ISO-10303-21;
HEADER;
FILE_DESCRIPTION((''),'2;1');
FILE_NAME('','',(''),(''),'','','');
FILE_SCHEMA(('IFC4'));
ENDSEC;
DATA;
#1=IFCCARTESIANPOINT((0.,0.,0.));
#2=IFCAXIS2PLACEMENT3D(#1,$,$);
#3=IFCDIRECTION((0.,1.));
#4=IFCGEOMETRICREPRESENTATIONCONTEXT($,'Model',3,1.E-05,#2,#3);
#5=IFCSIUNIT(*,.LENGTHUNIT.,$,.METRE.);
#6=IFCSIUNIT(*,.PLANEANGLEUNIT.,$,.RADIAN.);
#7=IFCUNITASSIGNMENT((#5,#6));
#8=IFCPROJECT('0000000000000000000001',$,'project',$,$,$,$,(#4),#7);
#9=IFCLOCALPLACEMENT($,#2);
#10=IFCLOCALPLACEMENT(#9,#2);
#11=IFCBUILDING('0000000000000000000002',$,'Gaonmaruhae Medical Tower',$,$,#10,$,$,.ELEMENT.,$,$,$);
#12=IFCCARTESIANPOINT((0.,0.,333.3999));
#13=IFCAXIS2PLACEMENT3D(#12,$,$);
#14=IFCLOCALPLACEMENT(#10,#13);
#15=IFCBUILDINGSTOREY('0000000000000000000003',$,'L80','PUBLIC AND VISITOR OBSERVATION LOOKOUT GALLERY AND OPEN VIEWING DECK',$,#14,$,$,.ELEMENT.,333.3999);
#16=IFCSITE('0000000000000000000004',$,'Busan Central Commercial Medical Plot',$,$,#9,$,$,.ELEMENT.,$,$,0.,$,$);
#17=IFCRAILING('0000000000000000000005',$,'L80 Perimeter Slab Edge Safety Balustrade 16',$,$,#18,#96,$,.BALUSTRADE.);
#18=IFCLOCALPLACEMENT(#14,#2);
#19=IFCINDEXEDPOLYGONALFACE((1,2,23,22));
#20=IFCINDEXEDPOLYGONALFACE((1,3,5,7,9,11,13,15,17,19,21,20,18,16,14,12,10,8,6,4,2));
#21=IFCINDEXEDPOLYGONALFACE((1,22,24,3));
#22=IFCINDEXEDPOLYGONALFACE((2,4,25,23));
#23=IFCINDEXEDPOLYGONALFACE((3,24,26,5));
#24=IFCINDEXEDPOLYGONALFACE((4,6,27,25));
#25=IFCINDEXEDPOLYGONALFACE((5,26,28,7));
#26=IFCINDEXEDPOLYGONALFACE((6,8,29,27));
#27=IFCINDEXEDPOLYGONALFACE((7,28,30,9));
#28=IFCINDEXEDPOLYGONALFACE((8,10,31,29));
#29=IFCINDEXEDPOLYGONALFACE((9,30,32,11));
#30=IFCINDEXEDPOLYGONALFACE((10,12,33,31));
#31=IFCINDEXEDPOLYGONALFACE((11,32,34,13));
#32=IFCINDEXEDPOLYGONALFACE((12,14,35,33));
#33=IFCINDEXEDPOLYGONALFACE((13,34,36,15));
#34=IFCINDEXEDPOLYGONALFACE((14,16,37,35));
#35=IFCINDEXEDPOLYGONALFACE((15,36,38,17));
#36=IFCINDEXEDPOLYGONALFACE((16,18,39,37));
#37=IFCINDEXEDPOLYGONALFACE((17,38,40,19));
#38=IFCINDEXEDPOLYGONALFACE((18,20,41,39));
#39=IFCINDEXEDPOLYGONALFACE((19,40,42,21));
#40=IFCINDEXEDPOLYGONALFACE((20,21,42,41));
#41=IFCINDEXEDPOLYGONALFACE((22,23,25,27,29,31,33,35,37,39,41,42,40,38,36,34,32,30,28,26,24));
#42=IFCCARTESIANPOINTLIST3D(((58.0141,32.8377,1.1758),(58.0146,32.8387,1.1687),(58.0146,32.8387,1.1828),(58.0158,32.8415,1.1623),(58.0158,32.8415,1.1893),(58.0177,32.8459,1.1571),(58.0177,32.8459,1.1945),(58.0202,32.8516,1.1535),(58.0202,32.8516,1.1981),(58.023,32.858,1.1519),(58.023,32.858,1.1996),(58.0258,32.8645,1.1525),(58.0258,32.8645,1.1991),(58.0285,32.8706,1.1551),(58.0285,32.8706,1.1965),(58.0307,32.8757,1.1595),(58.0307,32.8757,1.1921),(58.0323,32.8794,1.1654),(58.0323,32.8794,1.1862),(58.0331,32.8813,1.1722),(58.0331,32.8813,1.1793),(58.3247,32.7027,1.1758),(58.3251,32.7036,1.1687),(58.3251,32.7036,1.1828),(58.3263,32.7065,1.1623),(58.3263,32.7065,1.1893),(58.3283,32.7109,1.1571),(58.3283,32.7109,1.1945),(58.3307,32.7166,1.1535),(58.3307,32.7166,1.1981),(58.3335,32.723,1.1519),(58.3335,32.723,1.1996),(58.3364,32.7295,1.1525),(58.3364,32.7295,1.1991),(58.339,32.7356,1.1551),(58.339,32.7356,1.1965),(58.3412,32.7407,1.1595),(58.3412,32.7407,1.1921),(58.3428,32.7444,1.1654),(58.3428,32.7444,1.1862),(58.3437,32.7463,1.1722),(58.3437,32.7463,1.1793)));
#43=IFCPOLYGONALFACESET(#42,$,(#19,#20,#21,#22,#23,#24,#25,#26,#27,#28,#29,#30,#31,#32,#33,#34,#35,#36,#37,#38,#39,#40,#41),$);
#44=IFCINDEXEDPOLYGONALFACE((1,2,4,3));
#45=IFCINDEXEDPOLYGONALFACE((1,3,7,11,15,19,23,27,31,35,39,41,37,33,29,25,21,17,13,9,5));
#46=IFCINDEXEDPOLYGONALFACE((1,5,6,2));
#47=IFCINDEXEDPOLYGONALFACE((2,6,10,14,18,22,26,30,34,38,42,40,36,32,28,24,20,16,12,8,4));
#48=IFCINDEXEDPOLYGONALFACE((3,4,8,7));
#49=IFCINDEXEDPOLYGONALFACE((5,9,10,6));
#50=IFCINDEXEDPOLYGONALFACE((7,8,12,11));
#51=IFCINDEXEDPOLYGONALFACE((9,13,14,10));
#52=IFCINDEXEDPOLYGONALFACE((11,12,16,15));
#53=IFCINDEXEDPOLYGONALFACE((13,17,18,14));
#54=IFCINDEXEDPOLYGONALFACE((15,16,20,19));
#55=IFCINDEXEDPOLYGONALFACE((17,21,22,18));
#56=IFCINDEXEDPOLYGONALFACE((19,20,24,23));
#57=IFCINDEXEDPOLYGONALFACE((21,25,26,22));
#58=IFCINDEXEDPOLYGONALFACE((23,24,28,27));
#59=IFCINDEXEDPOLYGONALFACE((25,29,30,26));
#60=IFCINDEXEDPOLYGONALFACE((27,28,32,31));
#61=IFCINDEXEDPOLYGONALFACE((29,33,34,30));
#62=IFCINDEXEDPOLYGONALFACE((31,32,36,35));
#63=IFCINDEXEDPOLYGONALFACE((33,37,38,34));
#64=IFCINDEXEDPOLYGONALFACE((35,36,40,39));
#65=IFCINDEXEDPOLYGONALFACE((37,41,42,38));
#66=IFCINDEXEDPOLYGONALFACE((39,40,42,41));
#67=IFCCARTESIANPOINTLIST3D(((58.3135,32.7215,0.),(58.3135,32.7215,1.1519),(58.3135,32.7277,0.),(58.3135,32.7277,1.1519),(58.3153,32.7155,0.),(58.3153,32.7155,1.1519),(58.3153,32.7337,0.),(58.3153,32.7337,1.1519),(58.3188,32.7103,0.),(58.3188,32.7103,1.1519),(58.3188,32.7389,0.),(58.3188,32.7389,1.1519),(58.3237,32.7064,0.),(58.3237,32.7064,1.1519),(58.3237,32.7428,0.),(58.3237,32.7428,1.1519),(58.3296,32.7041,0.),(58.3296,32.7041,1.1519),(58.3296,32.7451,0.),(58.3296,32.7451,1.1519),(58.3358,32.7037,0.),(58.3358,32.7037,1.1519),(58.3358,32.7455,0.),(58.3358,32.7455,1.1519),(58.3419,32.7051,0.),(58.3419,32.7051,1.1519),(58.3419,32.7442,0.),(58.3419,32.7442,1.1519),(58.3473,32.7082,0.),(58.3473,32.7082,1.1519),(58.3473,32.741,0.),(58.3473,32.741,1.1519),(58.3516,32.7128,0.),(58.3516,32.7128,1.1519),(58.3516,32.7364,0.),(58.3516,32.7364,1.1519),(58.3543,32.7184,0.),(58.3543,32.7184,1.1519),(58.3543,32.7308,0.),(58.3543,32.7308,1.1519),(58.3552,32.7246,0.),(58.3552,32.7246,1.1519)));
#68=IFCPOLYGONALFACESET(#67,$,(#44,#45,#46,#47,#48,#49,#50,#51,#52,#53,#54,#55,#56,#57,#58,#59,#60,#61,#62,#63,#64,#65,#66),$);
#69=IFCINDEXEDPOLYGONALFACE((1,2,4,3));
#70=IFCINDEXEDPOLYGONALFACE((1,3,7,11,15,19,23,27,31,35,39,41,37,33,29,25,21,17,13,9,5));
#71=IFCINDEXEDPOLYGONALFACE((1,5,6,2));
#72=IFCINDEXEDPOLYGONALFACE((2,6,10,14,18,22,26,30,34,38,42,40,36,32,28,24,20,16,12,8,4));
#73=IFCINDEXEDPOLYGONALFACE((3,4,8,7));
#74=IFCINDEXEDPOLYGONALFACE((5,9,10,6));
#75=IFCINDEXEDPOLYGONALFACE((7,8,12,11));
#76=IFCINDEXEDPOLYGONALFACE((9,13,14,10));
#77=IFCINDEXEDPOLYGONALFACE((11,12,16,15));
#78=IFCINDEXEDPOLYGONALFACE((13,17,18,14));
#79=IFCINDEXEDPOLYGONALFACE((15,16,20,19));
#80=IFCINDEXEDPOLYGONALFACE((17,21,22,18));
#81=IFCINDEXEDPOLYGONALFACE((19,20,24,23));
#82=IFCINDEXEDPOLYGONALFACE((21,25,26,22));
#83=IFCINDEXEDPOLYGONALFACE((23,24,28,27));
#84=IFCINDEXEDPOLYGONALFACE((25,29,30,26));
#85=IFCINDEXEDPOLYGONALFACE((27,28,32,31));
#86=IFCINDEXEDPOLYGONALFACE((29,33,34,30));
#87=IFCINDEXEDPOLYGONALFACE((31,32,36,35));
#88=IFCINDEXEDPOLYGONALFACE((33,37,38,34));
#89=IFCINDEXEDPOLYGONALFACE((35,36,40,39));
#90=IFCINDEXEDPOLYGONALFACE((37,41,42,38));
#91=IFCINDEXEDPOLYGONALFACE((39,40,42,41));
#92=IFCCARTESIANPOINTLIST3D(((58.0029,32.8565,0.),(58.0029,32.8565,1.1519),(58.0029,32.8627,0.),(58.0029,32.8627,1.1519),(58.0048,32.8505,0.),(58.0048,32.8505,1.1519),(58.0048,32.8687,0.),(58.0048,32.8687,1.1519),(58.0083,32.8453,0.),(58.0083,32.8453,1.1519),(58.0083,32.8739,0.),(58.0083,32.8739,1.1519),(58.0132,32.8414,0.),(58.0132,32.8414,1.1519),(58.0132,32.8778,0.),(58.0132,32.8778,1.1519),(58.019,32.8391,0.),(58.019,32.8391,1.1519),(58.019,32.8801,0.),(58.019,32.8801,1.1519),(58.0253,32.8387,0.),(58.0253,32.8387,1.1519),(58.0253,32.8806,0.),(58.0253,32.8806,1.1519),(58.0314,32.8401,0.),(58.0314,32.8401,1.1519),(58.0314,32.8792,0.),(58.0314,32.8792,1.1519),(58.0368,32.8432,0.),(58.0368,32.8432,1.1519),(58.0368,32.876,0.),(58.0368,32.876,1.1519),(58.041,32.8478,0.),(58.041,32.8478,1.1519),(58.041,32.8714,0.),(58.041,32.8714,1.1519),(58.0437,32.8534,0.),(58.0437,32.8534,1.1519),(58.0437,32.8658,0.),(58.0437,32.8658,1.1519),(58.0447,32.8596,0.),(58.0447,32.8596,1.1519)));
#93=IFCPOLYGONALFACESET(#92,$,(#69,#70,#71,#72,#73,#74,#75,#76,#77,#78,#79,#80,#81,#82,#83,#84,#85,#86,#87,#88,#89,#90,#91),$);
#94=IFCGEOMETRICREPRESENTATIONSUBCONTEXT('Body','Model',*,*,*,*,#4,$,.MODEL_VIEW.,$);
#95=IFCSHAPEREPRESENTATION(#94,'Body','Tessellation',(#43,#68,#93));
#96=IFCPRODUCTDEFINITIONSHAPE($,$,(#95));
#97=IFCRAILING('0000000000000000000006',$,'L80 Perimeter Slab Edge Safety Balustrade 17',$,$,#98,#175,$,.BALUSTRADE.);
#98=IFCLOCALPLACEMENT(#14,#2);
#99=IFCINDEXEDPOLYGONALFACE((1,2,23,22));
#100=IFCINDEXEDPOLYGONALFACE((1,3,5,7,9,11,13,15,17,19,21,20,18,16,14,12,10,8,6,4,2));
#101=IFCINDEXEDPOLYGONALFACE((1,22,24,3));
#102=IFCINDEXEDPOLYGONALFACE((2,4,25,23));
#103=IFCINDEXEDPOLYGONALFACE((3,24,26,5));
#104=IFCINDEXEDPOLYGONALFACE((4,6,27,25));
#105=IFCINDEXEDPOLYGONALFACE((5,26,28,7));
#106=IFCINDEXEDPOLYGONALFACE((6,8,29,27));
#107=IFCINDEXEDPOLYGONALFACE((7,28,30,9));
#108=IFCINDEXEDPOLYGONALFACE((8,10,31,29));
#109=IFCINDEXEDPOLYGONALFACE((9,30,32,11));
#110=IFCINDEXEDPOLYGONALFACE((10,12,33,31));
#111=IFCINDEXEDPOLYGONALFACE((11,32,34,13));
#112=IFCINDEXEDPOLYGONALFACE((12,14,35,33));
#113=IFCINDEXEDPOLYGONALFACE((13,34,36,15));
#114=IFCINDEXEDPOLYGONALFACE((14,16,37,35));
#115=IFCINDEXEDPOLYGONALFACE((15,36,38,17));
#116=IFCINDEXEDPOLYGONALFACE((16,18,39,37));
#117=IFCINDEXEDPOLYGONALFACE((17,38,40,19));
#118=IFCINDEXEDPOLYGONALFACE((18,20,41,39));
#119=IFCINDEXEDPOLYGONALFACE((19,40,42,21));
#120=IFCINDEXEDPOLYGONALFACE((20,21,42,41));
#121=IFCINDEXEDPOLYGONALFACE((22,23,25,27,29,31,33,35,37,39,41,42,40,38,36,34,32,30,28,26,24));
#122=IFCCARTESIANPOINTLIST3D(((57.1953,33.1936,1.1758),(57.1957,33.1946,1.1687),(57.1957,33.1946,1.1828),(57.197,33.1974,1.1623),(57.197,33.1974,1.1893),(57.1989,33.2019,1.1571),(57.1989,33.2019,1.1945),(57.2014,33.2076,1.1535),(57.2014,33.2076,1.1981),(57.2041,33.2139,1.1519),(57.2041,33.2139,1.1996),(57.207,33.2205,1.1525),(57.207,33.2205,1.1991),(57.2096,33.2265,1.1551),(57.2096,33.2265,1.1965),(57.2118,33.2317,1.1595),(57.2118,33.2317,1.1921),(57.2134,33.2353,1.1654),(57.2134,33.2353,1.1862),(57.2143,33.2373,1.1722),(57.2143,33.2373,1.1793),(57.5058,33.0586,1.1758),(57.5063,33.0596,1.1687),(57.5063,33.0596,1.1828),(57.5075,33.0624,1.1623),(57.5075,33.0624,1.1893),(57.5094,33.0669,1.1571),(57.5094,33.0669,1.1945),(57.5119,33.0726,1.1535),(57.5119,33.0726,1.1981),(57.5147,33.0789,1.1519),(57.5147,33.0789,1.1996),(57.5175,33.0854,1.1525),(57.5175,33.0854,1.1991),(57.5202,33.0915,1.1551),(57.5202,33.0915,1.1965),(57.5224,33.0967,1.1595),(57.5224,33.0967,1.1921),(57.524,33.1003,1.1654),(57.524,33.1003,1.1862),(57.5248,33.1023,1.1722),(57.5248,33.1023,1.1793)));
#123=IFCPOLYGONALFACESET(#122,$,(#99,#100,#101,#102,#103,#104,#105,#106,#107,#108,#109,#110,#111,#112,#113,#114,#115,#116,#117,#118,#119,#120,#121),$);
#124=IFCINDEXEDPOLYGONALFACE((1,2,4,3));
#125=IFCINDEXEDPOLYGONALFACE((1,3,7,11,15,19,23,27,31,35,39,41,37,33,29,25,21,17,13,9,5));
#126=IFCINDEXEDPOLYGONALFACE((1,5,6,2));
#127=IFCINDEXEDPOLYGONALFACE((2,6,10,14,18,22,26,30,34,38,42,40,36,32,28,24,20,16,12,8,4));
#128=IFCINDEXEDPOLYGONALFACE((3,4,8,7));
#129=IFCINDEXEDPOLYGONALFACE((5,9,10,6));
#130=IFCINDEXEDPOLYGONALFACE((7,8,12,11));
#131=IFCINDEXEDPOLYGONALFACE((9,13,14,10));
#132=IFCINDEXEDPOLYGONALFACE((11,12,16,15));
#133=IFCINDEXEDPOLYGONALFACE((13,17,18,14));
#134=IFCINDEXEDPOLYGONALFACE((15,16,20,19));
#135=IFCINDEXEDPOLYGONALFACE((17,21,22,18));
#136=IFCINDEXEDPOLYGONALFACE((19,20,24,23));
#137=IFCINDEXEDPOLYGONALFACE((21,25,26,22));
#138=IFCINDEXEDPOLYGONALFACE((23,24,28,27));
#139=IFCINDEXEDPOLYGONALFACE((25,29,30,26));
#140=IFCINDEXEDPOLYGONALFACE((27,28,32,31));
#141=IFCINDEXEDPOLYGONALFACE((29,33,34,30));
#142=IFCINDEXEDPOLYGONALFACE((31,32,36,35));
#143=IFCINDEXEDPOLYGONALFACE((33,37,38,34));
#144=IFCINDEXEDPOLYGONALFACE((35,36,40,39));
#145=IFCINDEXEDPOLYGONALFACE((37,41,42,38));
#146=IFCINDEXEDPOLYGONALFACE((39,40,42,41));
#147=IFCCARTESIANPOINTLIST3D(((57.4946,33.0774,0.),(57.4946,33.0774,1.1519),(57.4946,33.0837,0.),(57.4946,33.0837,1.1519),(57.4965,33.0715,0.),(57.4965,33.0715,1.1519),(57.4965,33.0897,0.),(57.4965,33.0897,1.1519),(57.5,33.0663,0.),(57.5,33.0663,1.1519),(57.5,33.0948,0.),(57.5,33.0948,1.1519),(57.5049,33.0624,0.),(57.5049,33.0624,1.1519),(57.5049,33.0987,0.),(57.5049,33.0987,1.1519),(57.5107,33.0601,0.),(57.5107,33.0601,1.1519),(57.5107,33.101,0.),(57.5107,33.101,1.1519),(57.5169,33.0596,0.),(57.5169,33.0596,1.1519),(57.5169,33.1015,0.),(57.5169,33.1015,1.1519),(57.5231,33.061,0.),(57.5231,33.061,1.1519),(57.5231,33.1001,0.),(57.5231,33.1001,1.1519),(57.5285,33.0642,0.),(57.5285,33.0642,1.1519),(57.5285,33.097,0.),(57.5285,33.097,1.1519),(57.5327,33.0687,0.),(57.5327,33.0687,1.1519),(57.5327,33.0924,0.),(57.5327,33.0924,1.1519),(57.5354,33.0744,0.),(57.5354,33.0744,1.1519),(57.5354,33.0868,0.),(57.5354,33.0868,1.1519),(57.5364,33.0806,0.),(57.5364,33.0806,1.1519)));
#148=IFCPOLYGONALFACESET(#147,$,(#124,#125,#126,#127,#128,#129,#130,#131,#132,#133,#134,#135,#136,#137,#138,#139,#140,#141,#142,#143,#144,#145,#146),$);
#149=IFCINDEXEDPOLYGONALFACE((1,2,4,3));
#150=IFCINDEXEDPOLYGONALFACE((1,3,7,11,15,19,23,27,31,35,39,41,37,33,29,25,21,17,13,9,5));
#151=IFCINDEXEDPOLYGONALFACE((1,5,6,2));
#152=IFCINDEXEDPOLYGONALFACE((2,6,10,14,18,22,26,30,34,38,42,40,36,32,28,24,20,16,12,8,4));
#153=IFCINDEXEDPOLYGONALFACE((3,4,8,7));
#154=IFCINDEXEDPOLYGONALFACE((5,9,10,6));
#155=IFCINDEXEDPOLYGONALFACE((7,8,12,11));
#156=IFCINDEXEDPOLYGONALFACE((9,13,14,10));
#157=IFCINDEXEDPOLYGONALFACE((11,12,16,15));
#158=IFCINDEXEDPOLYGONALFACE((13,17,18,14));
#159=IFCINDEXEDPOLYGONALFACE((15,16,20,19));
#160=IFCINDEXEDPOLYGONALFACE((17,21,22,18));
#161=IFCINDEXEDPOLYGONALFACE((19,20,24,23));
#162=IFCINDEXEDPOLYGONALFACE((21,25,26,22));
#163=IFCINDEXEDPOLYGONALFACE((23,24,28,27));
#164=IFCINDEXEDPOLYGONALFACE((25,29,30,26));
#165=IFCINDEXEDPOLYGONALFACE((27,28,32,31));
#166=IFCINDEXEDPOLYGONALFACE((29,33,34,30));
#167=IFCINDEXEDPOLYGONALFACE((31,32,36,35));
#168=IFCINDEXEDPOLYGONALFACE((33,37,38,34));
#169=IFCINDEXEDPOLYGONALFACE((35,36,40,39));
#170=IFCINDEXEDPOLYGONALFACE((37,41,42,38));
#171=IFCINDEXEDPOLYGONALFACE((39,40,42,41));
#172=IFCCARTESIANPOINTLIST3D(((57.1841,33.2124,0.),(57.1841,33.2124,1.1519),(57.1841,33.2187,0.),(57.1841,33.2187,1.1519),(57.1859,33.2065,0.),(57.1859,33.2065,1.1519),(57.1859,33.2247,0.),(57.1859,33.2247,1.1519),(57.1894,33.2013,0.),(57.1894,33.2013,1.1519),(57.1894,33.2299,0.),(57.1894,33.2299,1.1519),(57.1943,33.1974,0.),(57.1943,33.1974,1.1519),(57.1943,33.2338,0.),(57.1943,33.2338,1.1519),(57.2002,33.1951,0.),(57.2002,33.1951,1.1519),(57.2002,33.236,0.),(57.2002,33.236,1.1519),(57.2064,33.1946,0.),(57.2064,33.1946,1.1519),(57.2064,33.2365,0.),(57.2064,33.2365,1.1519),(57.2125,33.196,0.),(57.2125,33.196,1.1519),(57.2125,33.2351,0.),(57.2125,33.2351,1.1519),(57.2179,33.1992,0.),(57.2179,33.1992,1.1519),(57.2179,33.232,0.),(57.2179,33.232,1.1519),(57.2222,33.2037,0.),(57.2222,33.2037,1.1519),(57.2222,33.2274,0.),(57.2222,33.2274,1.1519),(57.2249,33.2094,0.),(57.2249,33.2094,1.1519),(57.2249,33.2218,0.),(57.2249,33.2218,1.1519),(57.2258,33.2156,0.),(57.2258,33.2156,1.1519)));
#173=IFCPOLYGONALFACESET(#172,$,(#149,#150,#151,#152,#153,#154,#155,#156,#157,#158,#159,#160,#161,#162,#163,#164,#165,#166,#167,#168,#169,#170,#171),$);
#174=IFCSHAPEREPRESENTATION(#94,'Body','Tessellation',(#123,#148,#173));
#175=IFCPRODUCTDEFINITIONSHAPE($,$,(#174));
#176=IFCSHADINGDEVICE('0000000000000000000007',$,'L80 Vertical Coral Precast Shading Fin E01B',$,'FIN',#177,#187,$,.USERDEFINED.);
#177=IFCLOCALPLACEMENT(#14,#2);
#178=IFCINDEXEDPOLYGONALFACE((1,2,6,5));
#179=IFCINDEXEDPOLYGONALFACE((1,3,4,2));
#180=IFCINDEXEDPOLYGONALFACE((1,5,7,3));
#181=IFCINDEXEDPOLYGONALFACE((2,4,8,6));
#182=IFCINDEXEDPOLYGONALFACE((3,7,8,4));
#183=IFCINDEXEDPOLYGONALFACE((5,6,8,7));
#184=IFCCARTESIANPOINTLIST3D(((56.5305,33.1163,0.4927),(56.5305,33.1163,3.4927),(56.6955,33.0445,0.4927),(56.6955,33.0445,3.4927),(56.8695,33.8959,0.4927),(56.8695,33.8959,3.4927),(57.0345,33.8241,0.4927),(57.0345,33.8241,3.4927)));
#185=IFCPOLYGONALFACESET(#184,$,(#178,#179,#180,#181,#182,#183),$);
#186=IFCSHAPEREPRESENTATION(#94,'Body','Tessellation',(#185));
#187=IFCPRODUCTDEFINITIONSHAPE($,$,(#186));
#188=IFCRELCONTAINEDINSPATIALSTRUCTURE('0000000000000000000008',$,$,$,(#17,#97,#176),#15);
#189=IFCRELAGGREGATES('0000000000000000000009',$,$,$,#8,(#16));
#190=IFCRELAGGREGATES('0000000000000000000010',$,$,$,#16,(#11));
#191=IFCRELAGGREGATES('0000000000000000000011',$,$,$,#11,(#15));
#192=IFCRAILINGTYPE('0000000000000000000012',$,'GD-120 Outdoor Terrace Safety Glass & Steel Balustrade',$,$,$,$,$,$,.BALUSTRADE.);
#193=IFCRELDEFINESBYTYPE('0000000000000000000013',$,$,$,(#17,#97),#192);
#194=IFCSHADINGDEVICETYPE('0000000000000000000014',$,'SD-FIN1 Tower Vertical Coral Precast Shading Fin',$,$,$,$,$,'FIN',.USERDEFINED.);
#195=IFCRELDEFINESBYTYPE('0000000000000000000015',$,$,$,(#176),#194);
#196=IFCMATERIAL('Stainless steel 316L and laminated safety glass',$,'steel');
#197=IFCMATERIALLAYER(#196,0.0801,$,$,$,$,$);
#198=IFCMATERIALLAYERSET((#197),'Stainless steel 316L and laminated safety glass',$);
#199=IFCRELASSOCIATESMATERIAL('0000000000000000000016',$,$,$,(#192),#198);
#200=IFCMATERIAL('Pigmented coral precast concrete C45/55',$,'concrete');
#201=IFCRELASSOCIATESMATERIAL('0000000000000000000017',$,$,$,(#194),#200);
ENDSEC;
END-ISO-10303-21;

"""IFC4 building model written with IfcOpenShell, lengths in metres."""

from ifc_helpers import new_model, si_unit, direction, frame, origin, origin_2d, place, context, subcontext, project, spatial, rectangle, circle, extrude, material, layer, layer_set, type_object, element, save


model = new_model("IFC4")

# Units and contexts
model_context = context("Model", 3, precision=1e-05, world=origin(), true_north=direction((0.0, 1.0)))
body_context = subcontext(model_context, "Body", "Model", "MODEL_VIEW")
ifc_project = project(units=[si_unit("LENGTHUNIT", "METRE"), si_unit("PLANEANGLEUNIT", "RADIAN")], contexts=[model_context])

# Site, building, storey
site_placement = place(None, origin())
site = spatial("IfcSite", under=ifc_project, at=site_placement, Name="Busan Central Commercial Medical Plot", CompositionType="ELEMENT", RefElevation=0.0)
building_placement = place(site_placement, origin())
building = spatial("IfcBuilding", under=site, at=building_placement, Name="Gaonmaruhae Medical Tower", CompositionType="ELEMENT")
storey_placement = place(building_placement, frame((0.0, 0.0, 333.3999)))
storey = spatial("IfcBuildingStorey", under=building, at=storey_placement, Name="L80", Description="PUBLIC AND VISITOR OBSERVATION LOOKOUT GALLERY AND OPEN VIEWING DECK", CompositionType="ELEMENT", Elevation=333.3999)

# Railings
ifc_material_1 = material(Name="Stainless steel 316L and laminated safety glass", Category="steel")
ifc_layer_1 = layer(ifc_material_1, 0.0801)
ifc_layer_set_1 = layer_set([ifc_layer_1], Name="Stainless steel 316L and laminated safety glass")
railing_type = type_object("IfcRailingType", Name="GD-120 Outdoor Terrace Safety Glass & Steel Balustrade", PredefinedType="BALUSTRADE", material=ifc_layer_set_1)
for number, where, name in (
    (1, (58.3342, 32.7246, 0.0), "L80 Perimeter Slab Edge Safety Balustrade 16"),
    (2, (57.5154, 33.0806, 0.0), "L80 Perimeter Slab Edge Safety Balustrade 17"),
):
    element("IfcRailing", number, at=place(storey_placement, frame(where)), inside=storey, type_object=railing_type, Name=name, PredefinedType="BALUSTRADE", context=body_context, shape_type="SweptSolid", body=[
        extrude(circle(Radius=0.0239, at=origin_2d()), frame((0.0, 0.0, 1.1758), z_axis=(-0.917082, 0.3987, 0.0), x_axis=(-0.3987, -0.917082, 0.0)), (0.0, 0.0, 1.0), 0.3386),
        extrude(circle(Radius=0.021, at=origin_2d()), origin(), (0.0, 0.0, 1.0), 1.1519),
        extrude(circle(Radius=0.021, at=origin_2d()), frame((-0.3105, 0.135, 0.0)), (0.0, 0.0, 1.0), 1.1519),
    ])

# Shading device
ifc_material_2 = material(Name="Pigmented coral precast concrete C45/55", Category="concrete")
shading_device_type = type_object("IfcShadingDeviceType", Name="SD-FIN1 Tower Vertical Coral Precast Shading Fin", ElementType="FIN", PredefinedType="USERDEFINED", material=ifc_material_2)
shading_device_placement = place(storey_placement, frame((56.7825, 33.4702, 0.4927), z_axis=(0.0, 0.0, 1.0), x_axis=(0.91706, -0.398749, 0.0)))
element("IfcShadingDevice", 3, at=shading_device_placement, inside=storey, type_object=shading_device_type, Name="L80 Vertical Coral Precast Shading Fin E01B", ObjectType="FIN", PredefinedType="USERDEFINED", context=body_context, shape_type="SweptSolid", body=[
    extrude(rectangle(XDim=0.1799, YDim=0.8501, at=origin_2d()), origin(), (0.0, 0.0, 1.0), 3.0),
])

save(model, "model.ifc")
